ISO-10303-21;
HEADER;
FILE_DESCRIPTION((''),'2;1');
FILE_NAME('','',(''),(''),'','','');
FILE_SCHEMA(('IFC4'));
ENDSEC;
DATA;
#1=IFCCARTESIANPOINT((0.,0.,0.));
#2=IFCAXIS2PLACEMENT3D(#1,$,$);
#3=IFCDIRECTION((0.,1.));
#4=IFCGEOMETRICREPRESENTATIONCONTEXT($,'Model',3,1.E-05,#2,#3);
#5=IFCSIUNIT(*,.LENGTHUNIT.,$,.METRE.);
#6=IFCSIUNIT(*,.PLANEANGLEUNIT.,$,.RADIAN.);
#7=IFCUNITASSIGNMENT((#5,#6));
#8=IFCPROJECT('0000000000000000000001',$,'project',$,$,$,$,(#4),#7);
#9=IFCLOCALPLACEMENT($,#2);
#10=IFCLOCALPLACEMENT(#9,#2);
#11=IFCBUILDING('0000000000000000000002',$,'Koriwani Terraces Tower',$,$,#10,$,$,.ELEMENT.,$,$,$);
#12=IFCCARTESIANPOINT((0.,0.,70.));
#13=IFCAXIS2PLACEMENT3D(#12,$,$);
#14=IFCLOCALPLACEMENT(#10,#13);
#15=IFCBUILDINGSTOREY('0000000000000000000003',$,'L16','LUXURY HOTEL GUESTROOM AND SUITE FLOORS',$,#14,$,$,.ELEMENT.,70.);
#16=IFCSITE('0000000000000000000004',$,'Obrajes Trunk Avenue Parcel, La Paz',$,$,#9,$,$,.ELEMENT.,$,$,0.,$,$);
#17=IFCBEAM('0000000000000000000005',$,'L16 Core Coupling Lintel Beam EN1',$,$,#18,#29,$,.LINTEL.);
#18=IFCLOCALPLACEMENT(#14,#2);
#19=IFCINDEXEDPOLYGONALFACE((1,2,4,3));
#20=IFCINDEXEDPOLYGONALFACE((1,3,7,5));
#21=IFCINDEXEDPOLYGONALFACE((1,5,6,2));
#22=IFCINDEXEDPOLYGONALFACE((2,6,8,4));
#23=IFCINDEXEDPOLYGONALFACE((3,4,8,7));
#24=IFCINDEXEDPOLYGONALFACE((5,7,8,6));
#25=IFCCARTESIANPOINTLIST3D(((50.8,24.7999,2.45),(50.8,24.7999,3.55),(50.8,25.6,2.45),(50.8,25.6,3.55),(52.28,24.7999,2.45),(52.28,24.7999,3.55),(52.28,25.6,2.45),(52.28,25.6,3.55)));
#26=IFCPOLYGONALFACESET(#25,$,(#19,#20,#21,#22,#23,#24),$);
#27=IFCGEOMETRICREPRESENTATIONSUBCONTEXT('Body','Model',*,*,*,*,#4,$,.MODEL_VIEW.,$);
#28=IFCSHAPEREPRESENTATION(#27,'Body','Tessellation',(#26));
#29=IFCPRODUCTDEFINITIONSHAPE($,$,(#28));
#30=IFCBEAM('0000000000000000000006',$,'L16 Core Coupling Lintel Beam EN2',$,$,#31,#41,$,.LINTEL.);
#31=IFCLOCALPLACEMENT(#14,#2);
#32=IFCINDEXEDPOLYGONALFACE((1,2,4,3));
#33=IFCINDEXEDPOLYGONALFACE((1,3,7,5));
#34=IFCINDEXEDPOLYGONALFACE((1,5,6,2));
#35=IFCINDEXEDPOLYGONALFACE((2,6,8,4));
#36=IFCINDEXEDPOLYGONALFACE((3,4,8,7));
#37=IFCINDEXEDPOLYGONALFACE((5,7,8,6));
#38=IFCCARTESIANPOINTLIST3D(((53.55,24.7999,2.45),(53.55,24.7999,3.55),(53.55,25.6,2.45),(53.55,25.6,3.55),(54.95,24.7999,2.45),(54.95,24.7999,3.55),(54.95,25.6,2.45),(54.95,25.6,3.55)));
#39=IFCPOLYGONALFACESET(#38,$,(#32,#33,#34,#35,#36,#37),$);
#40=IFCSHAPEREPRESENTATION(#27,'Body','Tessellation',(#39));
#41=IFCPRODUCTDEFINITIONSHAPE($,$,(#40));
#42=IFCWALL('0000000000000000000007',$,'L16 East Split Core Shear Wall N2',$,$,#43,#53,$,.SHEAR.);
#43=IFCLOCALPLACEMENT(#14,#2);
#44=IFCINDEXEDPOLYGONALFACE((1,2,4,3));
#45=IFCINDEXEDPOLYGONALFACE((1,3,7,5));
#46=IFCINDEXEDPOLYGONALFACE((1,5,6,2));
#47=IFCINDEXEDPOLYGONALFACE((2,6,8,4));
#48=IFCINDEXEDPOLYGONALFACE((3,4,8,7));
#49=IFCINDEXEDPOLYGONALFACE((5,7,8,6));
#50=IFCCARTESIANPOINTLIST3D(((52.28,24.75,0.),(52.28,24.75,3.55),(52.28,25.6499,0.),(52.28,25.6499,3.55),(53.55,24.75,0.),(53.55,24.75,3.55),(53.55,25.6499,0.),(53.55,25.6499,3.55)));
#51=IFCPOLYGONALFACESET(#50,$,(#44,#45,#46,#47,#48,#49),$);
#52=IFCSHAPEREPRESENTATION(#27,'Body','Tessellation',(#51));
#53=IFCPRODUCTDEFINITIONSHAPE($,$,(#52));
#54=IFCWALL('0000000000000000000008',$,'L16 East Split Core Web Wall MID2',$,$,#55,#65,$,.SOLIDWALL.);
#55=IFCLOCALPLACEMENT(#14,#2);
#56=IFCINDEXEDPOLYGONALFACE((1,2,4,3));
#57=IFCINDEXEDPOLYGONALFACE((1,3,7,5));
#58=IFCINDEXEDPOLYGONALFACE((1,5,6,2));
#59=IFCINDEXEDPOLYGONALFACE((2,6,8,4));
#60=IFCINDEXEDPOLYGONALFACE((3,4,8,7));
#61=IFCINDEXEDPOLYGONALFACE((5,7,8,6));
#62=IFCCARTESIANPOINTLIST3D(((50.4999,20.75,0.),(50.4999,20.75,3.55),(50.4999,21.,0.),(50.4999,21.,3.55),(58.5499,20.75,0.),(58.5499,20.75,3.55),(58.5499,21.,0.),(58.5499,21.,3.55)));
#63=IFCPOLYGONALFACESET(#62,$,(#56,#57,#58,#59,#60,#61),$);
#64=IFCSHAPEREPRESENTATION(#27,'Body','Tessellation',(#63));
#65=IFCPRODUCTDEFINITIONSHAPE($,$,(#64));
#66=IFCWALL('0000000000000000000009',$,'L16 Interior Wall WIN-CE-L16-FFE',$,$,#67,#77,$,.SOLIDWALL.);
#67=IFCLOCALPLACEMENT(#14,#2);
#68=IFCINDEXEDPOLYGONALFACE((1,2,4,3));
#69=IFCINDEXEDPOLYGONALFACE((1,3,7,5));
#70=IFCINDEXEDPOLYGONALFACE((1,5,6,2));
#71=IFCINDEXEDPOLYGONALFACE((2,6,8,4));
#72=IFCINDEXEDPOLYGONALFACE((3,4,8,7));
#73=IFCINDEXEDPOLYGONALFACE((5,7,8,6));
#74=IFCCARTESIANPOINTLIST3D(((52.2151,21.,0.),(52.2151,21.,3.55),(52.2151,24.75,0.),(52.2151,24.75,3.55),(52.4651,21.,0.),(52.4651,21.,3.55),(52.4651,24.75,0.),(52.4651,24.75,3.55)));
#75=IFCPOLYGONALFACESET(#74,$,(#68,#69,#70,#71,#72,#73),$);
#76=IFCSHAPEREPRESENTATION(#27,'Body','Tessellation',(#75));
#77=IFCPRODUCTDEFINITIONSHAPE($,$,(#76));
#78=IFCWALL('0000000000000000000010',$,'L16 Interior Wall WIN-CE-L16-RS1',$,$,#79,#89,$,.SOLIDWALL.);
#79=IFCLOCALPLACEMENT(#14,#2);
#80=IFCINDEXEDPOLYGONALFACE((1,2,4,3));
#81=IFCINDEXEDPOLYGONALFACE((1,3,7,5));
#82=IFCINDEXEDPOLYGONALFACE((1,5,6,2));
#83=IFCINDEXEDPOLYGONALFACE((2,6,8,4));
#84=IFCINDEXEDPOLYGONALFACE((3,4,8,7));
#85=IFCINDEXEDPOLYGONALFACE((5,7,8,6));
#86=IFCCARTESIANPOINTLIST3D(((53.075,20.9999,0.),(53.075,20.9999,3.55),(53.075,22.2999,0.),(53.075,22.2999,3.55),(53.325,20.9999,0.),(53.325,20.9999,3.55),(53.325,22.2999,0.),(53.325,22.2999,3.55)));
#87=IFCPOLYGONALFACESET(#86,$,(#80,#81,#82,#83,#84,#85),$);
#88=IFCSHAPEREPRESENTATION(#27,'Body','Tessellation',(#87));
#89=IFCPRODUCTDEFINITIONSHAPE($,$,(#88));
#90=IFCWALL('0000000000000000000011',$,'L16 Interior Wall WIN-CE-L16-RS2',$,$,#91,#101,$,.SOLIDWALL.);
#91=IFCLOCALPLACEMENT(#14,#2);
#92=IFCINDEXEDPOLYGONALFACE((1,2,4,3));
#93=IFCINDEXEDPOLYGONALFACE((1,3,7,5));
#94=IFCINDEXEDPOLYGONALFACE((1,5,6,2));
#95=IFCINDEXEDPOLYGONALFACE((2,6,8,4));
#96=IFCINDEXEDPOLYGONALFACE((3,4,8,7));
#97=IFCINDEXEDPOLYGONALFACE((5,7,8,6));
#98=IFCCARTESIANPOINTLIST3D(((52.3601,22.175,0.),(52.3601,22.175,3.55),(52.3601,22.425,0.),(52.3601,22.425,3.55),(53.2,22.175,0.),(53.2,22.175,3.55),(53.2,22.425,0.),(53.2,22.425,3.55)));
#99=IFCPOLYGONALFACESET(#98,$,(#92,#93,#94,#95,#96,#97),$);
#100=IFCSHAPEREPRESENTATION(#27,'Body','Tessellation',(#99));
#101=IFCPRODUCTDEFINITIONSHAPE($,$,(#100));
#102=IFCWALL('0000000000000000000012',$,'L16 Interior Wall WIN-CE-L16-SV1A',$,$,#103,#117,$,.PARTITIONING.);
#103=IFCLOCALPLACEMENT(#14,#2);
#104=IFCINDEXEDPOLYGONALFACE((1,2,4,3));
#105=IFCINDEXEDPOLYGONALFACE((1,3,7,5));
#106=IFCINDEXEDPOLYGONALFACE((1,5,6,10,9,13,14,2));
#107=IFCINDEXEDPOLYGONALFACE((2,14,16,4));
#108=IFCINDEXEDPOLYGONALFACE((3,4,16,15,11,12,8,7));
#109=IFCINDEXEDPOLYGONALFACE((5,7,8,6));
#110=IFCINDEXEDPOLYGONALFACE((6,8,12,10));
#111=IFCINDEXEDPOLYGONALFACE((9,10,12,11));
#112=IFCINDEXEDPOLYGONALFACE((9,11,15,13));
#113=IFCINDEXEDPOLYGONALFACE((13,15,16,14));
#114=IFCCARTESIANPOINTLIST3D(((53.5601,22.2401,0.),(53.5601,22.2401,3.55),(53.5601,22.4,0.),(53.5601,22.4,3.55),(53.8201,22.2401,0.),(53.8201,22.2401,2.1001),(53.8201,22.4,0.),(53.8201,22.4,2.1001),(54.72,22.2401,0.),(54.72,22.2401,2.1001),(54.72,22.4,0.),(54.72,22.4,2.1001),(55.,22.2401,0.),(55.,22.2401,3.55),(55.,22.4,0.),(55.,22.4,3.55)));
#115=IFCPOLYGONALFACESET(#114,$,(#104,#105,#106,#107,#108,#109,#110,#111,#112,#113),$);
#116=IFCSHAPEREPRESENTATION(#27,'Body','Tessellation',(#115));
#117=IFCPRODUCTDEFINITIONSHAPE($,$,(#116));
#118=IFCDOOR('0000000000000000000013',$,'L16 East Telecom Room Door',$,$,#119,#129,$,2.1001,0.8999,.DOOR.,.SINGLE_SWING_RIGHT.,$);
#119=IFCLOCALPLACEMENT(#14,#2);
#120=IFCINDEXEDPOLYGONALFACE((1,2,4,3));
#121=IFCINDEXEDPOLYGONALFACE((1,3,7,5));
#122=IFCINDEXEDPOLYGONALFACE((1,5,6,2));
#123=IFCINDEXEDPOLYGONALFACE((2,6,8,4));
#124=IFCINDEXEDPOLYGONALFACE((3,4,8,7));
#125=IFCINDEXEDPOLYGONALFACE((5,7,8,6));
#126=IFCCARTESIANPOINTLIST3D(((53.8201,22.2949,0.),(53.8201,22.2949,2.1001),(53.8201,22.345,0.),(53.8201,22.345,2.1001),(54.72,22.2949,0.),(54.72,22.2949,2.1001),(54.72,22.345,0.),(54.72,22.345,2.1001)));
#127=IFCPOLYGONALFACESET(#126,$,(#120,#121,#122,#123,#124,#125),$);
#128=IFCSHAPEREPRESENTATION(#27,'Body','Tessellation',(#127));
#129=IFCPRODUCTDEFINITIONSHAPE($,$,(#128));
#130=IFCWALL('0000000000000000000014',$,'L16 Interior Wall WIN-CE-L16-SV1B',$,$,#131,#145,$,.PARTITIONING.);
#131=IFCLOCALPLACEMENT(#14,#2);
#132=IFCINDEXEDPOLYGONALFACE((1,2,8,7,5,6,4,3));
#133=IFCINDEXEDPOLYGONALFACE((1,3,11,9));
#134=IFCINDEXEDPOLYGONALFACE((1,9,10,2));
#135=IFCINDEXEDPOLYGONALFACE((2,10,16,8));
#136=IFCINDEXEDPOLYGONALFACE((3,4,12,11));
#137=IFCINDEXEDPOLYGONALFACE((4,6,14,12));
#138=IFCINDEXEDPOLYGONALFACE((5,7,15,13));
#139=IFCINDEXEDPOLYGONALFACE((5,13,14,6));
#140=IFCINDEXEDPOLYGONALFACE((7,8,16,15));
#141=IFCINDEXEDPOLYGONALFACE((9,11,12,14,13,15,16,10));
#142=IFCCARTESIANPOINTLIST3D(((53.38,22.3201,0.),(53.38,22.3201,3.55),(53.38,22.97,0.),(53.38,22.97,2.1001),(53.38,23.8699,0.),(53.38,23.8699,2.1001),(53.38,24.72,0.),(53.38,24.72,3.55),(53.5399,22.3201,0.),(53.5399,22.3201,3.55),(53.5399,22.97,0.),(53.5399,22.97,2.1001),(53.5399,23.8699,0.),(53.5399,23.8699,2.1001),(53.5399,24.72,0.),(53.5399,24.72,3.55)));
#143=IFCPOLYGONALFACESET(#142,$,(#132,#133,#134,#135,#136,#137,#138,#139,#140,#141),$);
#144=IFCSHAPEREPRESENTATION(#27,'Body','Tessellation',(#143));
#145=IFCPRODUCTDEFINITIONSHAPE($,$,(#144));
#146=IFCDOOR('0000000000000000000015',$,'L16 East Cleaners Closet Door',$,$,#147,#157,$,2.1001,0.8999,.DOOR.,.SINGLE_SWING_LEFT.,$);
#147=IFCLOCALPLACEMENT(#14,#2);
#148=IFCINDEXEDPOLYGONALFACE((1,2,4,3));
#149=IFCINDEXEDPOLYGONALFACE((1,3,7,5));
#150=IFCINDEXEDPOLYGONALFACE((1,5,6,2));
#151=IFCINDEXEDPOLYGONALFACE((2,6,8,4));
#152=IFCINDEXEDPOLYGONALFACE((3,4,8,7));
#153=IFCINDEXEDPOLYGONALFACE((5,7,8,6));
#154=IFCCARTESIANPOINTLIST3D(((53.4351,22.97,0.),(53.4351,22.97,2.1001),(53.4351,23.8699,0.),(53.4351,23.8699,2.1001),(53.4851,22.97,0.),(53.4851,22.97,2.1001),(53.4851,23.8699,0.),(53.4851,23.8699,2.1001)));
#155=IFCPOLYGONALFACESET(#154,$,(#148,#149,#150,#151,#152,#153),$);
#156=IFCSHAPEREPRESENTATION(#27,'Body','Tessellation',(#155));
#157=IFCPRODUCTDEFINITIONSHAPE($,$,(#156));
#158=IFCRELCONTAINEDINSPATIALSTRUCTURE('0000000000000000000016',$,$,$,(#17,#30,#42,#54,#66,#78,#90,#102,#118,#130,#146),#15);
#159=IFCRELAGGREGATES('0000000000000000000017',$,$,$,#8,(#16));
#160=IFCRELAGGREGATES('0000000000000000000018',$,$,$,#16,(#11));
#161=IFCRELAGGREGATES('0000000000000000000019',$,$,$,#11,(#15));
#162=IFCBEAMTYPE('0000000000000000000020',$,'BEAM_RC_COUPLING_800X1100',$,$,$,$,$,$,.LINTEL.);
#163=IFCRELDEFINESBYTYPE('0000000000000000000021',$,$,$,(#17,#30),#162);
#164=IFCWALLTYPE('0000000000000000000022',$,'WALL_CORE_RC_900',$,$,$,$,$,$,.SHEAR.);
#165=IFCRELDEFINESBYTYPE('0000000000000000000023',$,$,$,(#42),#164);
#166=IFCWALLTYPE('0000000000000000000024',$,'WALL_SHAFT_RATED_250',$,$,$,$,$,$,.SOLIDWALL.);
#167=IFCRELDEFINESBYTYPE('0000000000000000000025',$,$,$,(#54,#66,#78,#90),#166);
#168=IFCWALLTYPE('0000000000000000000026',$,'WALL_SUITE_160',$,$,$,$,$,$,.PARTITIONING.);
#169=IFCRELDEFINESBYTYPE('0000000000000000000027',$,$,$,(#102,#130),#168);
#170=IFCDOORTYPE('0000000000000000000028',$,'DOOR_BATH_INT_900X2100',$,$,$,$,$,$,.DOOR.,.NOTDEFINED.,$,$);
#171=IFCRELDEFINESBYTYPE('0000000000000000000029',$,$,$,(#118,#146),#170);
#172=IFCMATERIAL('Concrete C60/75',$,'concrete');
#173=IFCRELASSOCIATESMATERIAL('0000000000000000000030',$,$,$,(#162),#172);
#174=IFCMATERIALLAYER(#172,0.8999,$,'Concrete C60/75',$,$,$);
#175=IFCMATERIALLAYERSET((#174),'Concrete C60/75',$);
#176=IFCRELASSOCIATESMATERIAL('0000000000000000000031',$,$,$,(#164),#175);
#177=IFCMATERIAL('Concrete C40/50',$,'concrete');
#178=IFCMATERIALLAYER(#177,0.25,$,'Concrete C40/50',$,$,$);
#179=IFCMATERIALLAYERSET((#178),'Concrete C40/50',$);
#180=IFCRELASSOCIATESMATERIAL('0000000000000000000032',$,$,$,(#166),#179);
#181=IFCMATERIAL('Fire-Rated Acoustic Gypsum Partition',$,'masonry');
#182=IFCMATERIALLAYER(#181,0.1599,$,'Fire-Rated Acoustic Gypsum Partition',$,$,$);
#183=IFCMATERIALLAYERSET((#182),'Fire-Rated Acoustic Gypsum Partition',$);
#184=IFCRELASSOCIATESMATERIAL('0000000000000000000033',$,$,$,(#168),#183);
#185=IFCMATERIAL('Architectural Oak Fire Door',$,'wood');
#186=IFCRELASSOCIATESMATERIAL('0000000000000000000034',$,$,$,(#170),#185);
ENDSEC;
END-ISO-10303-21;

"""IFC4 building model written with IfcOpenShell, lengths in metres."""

from ifc_helpers import new_model, si_unit, direction, frame, frame_2d, origin, origin_2d, place, context, subcontext, project, spatial, rectangle, extrude, material, layer, layer_set, material_profile, profile_set, type_object, element, fill, save


model = new_model("IFC4")

# Units and contexts
model_context = context("Model", 3, precision=1e-05, world=origin(), true_north=direction((0.0, 1.0)))
body_context = subcontext(model_context, "Body", "Model", "MODEL_VIEW")
ifc_project = project(units=[si_unit("LENGTHUNIT", "METRE"), si_unit("PLANEANGLEUNIT", "RADIAN")], contexts=[model_context])

# Site, building, storey
site_placement = place(None, origin())
site = spatial("IfcSite", under=ifc_project, at=site_placement, Name="Obrajes Trunk Avenue Parcel, La Paz", CompositionType="ELEMENT", RefElevation=0.0)
building_placement = place(site_placement, origin())
building = spatial("IfcBuilding", under=site, at=building_placement, Name="Koriwani Terraces Tower", CompositionType="ELEMENT")
storey_placement = place(building_placement, frame((0.0, 0.0, 70.0)))
storey = spatial("IfcBuildingStorey", under=building, at=storey_placement, Name="L16", Description="LUXURY HOTEL GUESTROOM AND SUITE FLOORS", CompositionType="ELEMENT", Elevation=70.0)

# Beams
ifc_material_1 = material(Name="Concrete C60/75", Category="concrete")
ifc_material_profile = material_profile(ifc_material_1, rectangle(XDim=0.8, YDim=1.1001, at=origin_2d()), Name="Concrete C60/75", Category="LoadBearing")
ifc_profile_set = profile_set([ifc_material_profile], Name="Concrete C60/75")
beam_type = type_object("IfcBeamType", Name="BEAM_RC_COUPLING_800X1100", PredefinedType="LINTEL", material=ifc_profile_set)
beam_1_placement = place(storey_placement, frame((50.8, 25.2, 3.0), z_axis=(1.0, 0.0, 0.0), x_axis=(0.0, 1.0, 0.0)))
element("IfcBeam", 1, at=beam_1_placement, inside=storey, type_object=beam_type, Name="L16 Core Coupling Lintel Beam EN1", PredefinedType="LINTEL", context=body_context, shape_type="SweptSolid", body=[
    extrude(rectangle(XDim=0.8, YDim=1.1001, at=origin_2d()), origin(), (0.0, 0.0, 1.0), 1.48),
])
beam_2_placement = place(storey_placement, frame((53.55, 25.2, 3.0), z_axis=(1.0, 0.0, 0.0), x_axis=(0.0, 1.0, 0.0)))
element("IfcBeam", 2, at=beam_2_placement, inside=storey, type_object=beam_type, Name="L16 Core Coupling Lintel Beam EN2", PredefinedType="LINTEL", context=body_context, shape_type="SweptSolid", body=[
    extrude(rectangle(XDim=0.8, YDim=1.1001, at=origin_2d()), origin(), (0.0, 0.0, 1.0), 1.3999),
])

# Walls
ifc_layer_1 = layer(ifc_material_1, 0.8999, Name="Concrete C60/75")
ifc_layer_set_1 = layer_set([ifc_layer_1], Name="Concrete C60/75")
wall_type_1 = type_object("IfcWallType", Name="WALL_CORE_RC_900", PredefinedType="SHEAR", material=ifc_layer_set_1)
wall_1_placement = place(storey_placement, frame((52.28, 25.2, 0.0), z_axis=(0.0, 0.0, 1.0), x_axis=(1.0, 0.0, 0.0)))
element("IfcWall", 3, at=wall_1_placement, inside=storey, type_object=wall_type_1, Name="L16 East Split Core Shear Wall N2", PredefinedType="SHEAR", context=body_context, shape_type="SweptSolid", body=[
    extrude(rectangle(XDim=1.27, YDim=0.8999, at=frame_2d((0.635, 0.0))), origin(), (0.0, 0.0, 1.0), 3.55),
])
ifc_material_2 = material(Name="Concrete C40/50", Category="concrete")
ifc_layer_2 = layer(ifc_material_2, 0.25, Name="Concrete C40/50")
ifc_layer_set_2 = layer_set([ifc_layer_2], Name="Concrete C40/50")
wall_type_2 = type_object("IfcWallType", Name="WALL_SHAFT_RATED_250", PredefinedType="SOLIDWALL", material=ifc_layer_set_2)
wall_2_placement = place(storey_placement, frame((50.5, 20.875, 0.0), z_axis=(0.0, 0.0, 1.0), x_axis=(1.0, 0.0, 0.0)))
element("IfcWall", 4, at=wall_2_placement, inside=storey, type_object=wall_type_2, Name="L16 East Split Core Web Wall MID2", PredefinedType="SOLIDWALL", context=body_context, shape_type="SweptSolid", body=[
    extrude(rectangle(XDim=8.05, YDim=0.25, at=frame_2d((4.0249, 0.0))), origin(), (0.0, 0.0, 1.0), 3.55),
])

# Wall
wall_3_placement = place(storey_placement, frame((52.3401, 21.0, 0.0), z_axis=(0.0, 0.0, 1.0), x_axis=(0.0, 1.0, 0.0)))
element("IfcWall", 5, at=wall_3_placement, inside=storey, type_object=wall_type_2, Name="L16 Interior Wall WIN-CE-L16-FFE", PredefinedType="SOLIDWALL", context=body_context, shape_type="SweptSolid", body=[
    extrude(rectangle(XDim=3.75, YDim=0.25, at=frame_2d((1.875, 0.0))), origin(), (0.0, 0.0, 1.0), 3.55),
])

# Walls
wall_4_placement = place(storey_placement, frame((53.2, 21.0, 0.0), z_axis=(0.0, 0.0, 1.0), x_axis=(0.0, 1.0, 0.0)))
element("IfcWall", 6, at=wall_4_placement, inside=storey, type_object=wall_type_2, Name="L16 Interior Wall WIN-CE-L16-RS1", PredefinedType="SOLIDWALL", context=body_context, shape_type="SweptSolid", body=[
    extrude(rectangle(XDim=1.3, YDim=0.25, at=frame_2d((0.6499, 0.0))), origin(), (0.0, 0.0, 1.0), 3.55),
])
wall_5_placement = place(storey_placement, frame((52.3601, 22.3, 0.0), z_axis=(0.0, 0.0, 1.0), x_axis=(1.0, 0.0, 0.0)))
element("IfcWall", 7, at=wall_5_placement, inside=storey, type_object=wall_type_2, Name="L16 Interior Wall WIN-CE-L16-RS2", PredefinedType="SOLIDWALL", context=body_context, shape_type="SweptSolid", body=[
    extrude(rectangle(XDim=0.8398, YDim=0.25, at=frame_2d((0.4199, 0.0))), origin(), (0.0, 0.0, 1.0), 3.55),
])

# Walls, openings, doors
ifc_material_3 = material(Name="Fire-Rated Acoustic Gypsum Partition", Category="masonry")
ifc_layer_3 = layer(ifc_material_3, 0.1599, Name="Fire-Rated Acoustic Gypsum Partition")
ifc_layer_set_3 = layer_set([ifc_layer_3], Name="Fire-Rated Acoustic Gypsum Partition")
wall_type_3 = type_object("IfcWallType", Name="WALL_SUITE_160", PredefinedType="PARTITIONING", material=ifc_layer_set_3)
wall_6_placement = place(storey_placement, frame((53.5601, 22.3201, 0.0), z_axis=(0.0, 0.0, 1.0), x_axis=(1.0, 0.0, 0.0)))
wall_6 = element("IfcWall", 8, at=wall_6_placement, inside=storey, type_object=wall_type_3, Name="L16 Interior Wall WIN-CE-L16-SV1A", PredefinedType="PARTITIONING", context=body_context, shape_type="SweptSolid", body=[
    extrude(rectangle(XDim=1.4399, YDim=0.1599, at=frame_2d((0.72, 0.0))), origin(), (0.0, 0.0, 1.0), 3.55),
])
opening_1_placement = place(wall_6_placement, frame((0.26, 0.0, 0.0)))
opening_1 = element("IfcOpeningElement", 9, at=opening_1_placement, cuts=wall_6, PredefinedType="OPENING", context=body_context, shape_type="SweptSolid", body=[
    extrude(rectangle(XDim=0.8999, YDim=2.1001, at=frame_2d((0.45, 1.05))), frame((0.0, 0.0898, 0.0), z_axis=(0.0, -1.0, 0.0), x_axis=(1.0, 0.0, 0.0)), (0.0, 0.0, 1.0), 0.1799),
])
ifc_material_4 = material(Name="Architectural Oak Fire Door", Category="wood")
door_type_1 = type_object("IfcDoorType", Name="DOOR_BATH_INT_900X2100", OperationType="NOTDEFINED", PredefinedType="DOOR", material=ifc_material_4)
door_1_placement = place(opening_1_placement, origin())
door_1 = element("IfcDoor", 10, at=door_1_placement, inside=storey, type_object=door_type_1, Name="L16 East Telecom Room Door", OperationType="SINGLE_SWING_RIGHT", OverallHeight=2.1001, OverallWidth=0.8999, PredefinedType="DOOR", context=body_context, shape_type="SweptSolid", body=[
    extrude(rectangle(XDim=0.8999, YDim=2.1001, at=frame_2d((0.45, 1.05))), frame((0.0, 0.0249, 0.0), z_axis=(0.0, -1.0, 0.0), x_axis=(1.0, 0.0, 0.0)), (0.0, 0.0, 1.0), 0.05),
])
fill(opening_1, door_1)
wall_7_placement = place(storey_placement, frame((53.46, 22.3201, 0.0), z_axis=(0.0, 0.0, 1.0), x_axis=(0.0, 1.0, 0.0)))
wall_7 = element("IfcWall", 11, at=wall_7_placement, inside=storey, type_object=wall_type_3, Name="L16 Interior Wall WIN-CE-L16-SV1B", PredefinedType="PARTITIONING", context=body_context, shape_type="SweptSolid", body=[
    extrude(rectangle(XDim=2.3999, YDim=0.1599, at=frame_2d((1.2, 0.0))), origin(), (0.0, 0.0, 1.0), 3.55),
])
opening_2_placement = place(wall_7_placement, frame((0.6499, 0.0, 0.0)))
opening_2 = element("IfcOpeningElement", 12, at=opening_2_placement, cuts=wall_7, PredefinedType="OPENING", context=body_context, shape_type="SweptSolid", body=[
    extrude(rectangle(XDim=0.8999, YDim=2.1001, at=frame_2d((0.45, 1.05))), frame((0.0, 0.0898, 0.0), z_axis=(0.0, -1.0, 0.0), x_axis=(1.0, 0.0, 0.0)), (0.0, 0.0, 1.0), 0.1799),
])
door_2_placement = place(opening_2_placement, origin())
door_2 = element("IfcDoor", 13, at=door_2_placement, inside=storey, type_object=door_type_1, Name="L16 East Cleaners Closet Door", OperationType="SINGLE_SWING_LEFT", OverallHeight=2.1001, OverallWidth=0.8999, PredefinedType="DOOR", context=body_context, shape_type="SweptSolid", body=[
    extrude(rectangle(XDim=0.8999, YDim=2.1001, at=frame_2d((0.45, 1.05))), frame((0.0, 0.0249, 0.0), z_axis=(0.0, -1.0, 0.0), x_axis=(1.0, 0.0, 0.0)), (0.0, 0.0, 1.0), 0.05),
])
fill(opening_2, door_2)

save(model, "model.ifc")
